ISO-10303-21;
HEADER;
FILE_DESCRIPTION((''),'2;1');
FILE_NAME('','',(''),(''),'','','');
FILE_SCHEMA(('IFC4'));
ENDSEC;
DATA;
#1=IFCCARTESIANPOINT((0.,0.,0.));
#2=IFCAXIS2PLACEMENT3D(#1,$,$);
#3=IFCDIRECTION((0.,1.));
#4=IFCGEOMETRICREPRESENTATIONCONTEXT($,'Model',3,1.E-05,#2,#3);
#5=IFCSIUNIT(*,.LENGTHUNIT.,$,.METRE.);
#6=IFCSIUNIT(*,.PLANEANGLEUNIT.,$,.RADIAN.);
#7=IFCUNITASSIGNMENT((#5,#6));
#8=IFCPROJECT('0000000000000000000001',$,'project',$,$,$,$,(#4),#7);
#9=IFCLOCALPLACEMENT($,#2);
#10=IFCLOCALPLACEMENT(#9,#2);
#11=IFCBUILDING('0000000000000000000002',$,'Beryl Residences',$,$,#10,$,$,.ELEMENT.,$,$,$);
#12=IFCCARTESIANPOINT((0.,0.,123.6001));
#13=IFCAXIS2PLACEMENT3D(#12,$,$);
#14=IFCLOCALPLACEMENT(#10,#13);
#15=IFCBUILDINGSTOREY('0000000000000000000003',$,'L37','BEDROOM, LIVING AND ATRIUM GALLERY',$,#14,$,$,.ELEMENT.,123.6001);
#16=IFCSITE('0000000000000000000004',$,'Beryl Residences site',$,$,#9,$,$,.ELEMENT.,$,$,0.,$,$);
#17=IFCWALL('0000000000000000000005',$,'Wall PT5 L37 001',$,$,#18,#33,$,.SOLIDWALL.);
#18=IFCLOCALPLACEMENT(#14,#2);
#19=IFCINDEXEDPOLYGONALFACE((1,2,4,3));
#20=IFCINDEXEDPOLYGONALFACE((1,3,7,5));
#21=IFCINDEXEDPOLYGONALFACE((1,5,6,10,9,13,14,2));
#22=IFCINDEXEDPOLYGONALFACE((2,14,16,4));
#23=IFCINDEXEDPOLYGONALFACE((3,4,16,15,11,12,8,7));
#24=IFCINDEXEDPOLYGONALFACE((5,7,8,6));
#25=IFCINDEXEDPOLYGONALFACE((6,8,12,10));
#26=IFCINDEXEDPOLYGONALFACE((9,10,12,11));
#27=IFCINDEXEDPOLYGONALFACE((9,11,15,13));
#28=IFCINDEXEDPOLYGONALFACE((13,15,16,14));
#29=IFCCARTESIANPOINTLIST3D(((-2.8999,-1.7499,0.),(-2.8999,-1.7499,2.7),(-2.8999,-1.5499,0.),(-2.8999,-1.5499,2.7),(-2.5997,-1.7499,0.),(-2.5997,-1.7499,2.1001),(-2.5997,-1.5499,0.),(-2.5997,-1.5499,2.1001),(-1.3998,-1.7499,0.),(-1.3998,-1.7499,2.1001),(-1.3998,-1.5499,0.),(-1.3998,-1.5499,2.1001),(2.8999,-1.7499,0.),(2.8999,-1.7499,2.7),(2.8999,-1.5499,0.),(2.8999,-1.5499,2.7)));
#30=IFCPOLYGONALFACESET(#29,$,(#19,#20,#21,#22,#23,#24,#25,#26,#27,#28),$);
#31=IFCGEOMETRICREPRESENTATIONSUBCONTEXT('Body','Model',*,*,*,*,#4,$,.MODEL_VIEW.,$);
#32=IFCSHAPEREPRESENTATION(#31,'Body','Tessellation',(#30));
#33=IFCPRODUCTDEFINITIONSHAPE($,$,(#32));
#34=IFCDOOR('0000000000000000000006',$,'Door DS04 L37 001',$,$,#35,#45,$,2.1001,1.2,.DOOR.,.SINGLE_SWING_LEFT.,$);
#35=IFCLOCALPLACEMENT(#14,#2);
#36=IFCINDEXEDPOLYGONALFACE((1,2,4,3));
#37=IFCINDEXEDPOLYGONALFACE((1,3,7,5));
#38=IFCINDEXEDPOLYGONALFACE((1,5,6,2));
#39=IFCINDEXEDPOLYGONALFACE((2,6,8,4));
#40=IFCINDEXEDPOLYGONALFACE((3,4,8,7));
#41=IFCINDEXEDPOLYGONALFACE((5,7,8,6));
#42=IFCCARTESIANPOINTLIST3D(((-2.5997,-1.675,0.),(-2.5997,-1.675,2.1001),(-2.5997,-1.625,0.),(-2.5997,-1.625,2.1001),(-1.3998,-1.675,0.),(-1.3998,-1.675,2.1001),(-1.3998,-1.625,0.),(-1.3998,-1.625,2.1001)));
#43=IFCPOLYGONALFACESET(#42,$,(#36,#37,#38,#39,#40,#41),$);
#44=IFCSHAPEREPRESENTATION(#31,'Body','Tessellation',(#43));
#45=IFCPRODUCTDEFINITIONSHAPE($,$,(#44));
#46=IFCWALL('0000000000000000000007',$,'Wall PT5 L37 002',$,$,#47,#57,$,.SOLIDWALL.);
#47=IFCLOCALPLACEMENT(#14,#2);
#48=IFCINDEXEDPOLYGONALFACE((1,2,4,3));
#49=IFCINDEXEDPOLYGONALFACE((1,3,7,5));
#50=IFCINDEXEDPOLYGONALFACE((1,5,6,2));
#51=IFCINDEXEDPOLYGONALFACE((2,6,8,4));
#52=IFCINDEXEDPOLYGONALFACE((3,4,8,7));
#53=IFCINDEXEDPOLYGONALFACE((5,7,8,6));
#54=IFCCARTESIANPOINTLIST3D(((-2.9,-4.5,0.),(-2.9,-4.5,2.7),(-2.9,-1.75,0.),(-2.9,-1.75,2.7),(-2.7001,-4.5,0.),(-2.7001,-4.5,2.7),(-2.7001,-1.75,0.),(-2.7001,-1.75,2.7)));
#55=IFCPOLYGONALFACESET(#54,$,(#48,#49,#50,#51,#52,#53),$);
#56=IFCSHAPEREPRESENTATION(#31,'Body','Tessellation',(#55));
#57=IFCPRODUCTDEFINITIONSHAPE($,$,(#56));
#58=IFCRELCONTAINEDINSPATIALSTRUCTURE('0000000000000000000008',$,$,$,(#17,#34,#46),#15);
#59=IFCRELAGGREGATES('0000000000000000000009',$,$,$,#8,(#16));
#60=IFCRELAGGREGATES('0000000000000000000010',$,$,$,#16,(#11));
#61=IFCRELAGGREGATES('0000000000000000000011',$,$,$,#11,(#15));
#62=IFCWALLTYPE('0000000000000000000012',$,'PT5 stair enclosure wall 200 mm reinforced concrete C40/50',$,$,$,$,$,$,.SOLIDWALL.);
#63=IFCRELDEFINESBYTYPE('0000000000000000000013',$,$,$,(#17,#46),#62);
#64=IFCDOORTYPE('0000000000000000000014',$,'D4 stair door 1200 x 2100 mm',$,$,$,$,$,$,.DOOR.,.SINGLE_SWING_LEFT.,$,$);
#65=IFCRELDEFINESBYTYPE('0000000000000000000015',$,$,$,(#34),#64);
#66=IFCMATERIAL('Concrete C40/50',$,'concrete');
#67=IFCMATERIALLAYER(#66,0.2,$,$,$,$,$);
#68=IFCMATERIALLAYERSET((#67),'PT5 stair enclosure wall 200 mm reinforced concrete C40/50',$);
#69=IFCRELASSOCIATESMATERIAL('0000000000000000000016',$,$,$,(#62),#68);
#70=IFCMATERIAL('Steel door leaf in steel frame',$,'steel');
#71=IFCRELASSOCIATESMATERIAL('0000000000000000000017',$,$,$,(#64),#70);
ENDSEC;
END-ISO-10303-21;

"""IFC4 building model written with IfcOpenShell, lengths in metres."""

from ifc_helpers import new_model, si_unit, direction, frame, frame_2d, origin, place, context, subcontext, project, spatial, rectangle, extrude, material, layer, layer_set, type_object, element, fill, save


model = new_model("IFC4")

# Units and contexts
model_context = context("Model", 3, precision=1e-05, world=origin(), true_north=direction((0.0, 1.0)))
body_context = subcontext(model_context, "Body", "Model", "MODEL_VIEW")
ifc_project = project(units=[si_unit("LENGTHUNIT", "METRE"), si_unit("PLANEANGLEUNIT", "RADIAN")], contexts=[model_context])

# Site, building, storey
site_placement = place(None, origin())
site = spatial("IfcSite", under=ifc_project, at=site_placement, Name="Beryl Residences site", CompositionType="ELEMENT", RefElevation=0.0)
building_placement = place(site_placement, origin())
building = spatial("IfcBuilding", under=site, at=building_placement, Name="Beryl Residences", CompositionType="ELEMENT")
storey_placement = place(building_placement, frame((0.0, 0.0, 123.6001)))
storey = spatial("IfcBuildingStorey", under=building, at=storey_placement, Name="L37", Description="BEDROOM, LIVING AND ATRIUM GALLERY", CompositionType="ELEMENT", Elevation=123.6001)

# Wall, opening, door
ifc_material_1 = material(Name="Concrete C40/50", Category="concrete")
ifc_layer_1 = layer(ifc_material_1, 0.2)
ifc_layer_set_1 = layer_set([ifc_layer_1], Name="PT5 stair enclosure wall 200 mm reinforced concrete C40/50")
wall_type_1 = type_object("IfcWallType", Name="PT5 stair enclosure wall 200 mm reinforced concrete C40/50", PredefinedType="SOLIDWALL", material=ifc_layer_set_1)
wall_1_placement = place(storey_placement, frame((-2.8999, -1.6499, 0.0), z_axis=(0.0, 0.0, 1.0), x_axis=(1.0, 0.0, 0.0)))
wall_1 = element("IfcWall", 1, at=wall_1_placement, inside=storey, type_object=wall_type_1, Name="Wall PT5 L37 001", PredefinedType="SOLIDWALL", context=body_context, shape_type="SweptSolid", body=[
    extrude(rectangle(XDim=5.7998, YDim=0.2, at=frame_2d((2.8999, 0.0))), origin(), (0.0, 0.0, 1.0), 2.7),
])
opening_1_placement = place(wall_1_placement, frame((0.3, 0.0, 0.0)))
opening_1 = element("IfcOpeningElement", 2, at=opening_1_placement, cuts=wall_1, PredefinedType="OPENING", context=body_context, shape_type="SweptSolid", body=[
    extrude(rectangle(XDim=1.2, YDim=2.1001, at=frame_2d((0.6001, 1.05))), frame((0.0, 0.1099, 0.0), z_axis=(0.0, -1.0, 0.0), x_axis=(1.0, 0.0, 0.0)), (0.0, 0.0, 1.0), 0.22),
])
ifc_material_2 = material(Name="Steel door leaf in steel frame", Category="steel")
door_type_1 = type_object("IfcDoorType", Name="D4 stair door 1200 x 2100 mm", OperationType="SINGLE_SWING_LEFT", PredefinedType="DOOR", material=ifc_material_2)
door_1_placement = place(opening_1_placement, origin())
door_1 = element("IfcDoor", 3, at=door_1_placement, inside=storey, type_object=door_type_1, Name="Door DS04 L37 001", OperationType="SINGLE_SWING_LEFT", OverallHeight=2.1001, OverallWidth=1.2, PredefinedType="DOOR", context=body_context, shape_type="SweptSolid", body=[
    extrude(rectangle(XDim=1.2, YDim=2.1001, at=frame_2d((0.6001, 1.05))), frame((0.0, 0.0249, 0.0), z_axis=(0.0, -1.0, 0.0), x_axis=(1.0, 0.0, 0.0)), (0.0, 0.0, 1.0), 0.05),
])
fill(opening_1, door_1)

# Wall
wall_2_placement = place(storey_placement, frame((-2.8, -4.5, 0.0), z_axis=(0.0, 0.0, 1.0), x_axis=(0.0, 1.0, 0.0)))
element("IfcWall", 4, at=wall_2_placement, inside=storey, type_object=wall_type_1, Name="Wall PT5 L37 002", PredefinedType="SOLIDWALL", context=body_context, shape_type="SweptSolid", body=[
    extrude(rectangle(XDim=2.75, YDim=0.2, at=frame_2d((1.375, 0.0))), origin(), (0.0, 0.0, 1.0), 2.7),
])

save(model, "model.ifc")
